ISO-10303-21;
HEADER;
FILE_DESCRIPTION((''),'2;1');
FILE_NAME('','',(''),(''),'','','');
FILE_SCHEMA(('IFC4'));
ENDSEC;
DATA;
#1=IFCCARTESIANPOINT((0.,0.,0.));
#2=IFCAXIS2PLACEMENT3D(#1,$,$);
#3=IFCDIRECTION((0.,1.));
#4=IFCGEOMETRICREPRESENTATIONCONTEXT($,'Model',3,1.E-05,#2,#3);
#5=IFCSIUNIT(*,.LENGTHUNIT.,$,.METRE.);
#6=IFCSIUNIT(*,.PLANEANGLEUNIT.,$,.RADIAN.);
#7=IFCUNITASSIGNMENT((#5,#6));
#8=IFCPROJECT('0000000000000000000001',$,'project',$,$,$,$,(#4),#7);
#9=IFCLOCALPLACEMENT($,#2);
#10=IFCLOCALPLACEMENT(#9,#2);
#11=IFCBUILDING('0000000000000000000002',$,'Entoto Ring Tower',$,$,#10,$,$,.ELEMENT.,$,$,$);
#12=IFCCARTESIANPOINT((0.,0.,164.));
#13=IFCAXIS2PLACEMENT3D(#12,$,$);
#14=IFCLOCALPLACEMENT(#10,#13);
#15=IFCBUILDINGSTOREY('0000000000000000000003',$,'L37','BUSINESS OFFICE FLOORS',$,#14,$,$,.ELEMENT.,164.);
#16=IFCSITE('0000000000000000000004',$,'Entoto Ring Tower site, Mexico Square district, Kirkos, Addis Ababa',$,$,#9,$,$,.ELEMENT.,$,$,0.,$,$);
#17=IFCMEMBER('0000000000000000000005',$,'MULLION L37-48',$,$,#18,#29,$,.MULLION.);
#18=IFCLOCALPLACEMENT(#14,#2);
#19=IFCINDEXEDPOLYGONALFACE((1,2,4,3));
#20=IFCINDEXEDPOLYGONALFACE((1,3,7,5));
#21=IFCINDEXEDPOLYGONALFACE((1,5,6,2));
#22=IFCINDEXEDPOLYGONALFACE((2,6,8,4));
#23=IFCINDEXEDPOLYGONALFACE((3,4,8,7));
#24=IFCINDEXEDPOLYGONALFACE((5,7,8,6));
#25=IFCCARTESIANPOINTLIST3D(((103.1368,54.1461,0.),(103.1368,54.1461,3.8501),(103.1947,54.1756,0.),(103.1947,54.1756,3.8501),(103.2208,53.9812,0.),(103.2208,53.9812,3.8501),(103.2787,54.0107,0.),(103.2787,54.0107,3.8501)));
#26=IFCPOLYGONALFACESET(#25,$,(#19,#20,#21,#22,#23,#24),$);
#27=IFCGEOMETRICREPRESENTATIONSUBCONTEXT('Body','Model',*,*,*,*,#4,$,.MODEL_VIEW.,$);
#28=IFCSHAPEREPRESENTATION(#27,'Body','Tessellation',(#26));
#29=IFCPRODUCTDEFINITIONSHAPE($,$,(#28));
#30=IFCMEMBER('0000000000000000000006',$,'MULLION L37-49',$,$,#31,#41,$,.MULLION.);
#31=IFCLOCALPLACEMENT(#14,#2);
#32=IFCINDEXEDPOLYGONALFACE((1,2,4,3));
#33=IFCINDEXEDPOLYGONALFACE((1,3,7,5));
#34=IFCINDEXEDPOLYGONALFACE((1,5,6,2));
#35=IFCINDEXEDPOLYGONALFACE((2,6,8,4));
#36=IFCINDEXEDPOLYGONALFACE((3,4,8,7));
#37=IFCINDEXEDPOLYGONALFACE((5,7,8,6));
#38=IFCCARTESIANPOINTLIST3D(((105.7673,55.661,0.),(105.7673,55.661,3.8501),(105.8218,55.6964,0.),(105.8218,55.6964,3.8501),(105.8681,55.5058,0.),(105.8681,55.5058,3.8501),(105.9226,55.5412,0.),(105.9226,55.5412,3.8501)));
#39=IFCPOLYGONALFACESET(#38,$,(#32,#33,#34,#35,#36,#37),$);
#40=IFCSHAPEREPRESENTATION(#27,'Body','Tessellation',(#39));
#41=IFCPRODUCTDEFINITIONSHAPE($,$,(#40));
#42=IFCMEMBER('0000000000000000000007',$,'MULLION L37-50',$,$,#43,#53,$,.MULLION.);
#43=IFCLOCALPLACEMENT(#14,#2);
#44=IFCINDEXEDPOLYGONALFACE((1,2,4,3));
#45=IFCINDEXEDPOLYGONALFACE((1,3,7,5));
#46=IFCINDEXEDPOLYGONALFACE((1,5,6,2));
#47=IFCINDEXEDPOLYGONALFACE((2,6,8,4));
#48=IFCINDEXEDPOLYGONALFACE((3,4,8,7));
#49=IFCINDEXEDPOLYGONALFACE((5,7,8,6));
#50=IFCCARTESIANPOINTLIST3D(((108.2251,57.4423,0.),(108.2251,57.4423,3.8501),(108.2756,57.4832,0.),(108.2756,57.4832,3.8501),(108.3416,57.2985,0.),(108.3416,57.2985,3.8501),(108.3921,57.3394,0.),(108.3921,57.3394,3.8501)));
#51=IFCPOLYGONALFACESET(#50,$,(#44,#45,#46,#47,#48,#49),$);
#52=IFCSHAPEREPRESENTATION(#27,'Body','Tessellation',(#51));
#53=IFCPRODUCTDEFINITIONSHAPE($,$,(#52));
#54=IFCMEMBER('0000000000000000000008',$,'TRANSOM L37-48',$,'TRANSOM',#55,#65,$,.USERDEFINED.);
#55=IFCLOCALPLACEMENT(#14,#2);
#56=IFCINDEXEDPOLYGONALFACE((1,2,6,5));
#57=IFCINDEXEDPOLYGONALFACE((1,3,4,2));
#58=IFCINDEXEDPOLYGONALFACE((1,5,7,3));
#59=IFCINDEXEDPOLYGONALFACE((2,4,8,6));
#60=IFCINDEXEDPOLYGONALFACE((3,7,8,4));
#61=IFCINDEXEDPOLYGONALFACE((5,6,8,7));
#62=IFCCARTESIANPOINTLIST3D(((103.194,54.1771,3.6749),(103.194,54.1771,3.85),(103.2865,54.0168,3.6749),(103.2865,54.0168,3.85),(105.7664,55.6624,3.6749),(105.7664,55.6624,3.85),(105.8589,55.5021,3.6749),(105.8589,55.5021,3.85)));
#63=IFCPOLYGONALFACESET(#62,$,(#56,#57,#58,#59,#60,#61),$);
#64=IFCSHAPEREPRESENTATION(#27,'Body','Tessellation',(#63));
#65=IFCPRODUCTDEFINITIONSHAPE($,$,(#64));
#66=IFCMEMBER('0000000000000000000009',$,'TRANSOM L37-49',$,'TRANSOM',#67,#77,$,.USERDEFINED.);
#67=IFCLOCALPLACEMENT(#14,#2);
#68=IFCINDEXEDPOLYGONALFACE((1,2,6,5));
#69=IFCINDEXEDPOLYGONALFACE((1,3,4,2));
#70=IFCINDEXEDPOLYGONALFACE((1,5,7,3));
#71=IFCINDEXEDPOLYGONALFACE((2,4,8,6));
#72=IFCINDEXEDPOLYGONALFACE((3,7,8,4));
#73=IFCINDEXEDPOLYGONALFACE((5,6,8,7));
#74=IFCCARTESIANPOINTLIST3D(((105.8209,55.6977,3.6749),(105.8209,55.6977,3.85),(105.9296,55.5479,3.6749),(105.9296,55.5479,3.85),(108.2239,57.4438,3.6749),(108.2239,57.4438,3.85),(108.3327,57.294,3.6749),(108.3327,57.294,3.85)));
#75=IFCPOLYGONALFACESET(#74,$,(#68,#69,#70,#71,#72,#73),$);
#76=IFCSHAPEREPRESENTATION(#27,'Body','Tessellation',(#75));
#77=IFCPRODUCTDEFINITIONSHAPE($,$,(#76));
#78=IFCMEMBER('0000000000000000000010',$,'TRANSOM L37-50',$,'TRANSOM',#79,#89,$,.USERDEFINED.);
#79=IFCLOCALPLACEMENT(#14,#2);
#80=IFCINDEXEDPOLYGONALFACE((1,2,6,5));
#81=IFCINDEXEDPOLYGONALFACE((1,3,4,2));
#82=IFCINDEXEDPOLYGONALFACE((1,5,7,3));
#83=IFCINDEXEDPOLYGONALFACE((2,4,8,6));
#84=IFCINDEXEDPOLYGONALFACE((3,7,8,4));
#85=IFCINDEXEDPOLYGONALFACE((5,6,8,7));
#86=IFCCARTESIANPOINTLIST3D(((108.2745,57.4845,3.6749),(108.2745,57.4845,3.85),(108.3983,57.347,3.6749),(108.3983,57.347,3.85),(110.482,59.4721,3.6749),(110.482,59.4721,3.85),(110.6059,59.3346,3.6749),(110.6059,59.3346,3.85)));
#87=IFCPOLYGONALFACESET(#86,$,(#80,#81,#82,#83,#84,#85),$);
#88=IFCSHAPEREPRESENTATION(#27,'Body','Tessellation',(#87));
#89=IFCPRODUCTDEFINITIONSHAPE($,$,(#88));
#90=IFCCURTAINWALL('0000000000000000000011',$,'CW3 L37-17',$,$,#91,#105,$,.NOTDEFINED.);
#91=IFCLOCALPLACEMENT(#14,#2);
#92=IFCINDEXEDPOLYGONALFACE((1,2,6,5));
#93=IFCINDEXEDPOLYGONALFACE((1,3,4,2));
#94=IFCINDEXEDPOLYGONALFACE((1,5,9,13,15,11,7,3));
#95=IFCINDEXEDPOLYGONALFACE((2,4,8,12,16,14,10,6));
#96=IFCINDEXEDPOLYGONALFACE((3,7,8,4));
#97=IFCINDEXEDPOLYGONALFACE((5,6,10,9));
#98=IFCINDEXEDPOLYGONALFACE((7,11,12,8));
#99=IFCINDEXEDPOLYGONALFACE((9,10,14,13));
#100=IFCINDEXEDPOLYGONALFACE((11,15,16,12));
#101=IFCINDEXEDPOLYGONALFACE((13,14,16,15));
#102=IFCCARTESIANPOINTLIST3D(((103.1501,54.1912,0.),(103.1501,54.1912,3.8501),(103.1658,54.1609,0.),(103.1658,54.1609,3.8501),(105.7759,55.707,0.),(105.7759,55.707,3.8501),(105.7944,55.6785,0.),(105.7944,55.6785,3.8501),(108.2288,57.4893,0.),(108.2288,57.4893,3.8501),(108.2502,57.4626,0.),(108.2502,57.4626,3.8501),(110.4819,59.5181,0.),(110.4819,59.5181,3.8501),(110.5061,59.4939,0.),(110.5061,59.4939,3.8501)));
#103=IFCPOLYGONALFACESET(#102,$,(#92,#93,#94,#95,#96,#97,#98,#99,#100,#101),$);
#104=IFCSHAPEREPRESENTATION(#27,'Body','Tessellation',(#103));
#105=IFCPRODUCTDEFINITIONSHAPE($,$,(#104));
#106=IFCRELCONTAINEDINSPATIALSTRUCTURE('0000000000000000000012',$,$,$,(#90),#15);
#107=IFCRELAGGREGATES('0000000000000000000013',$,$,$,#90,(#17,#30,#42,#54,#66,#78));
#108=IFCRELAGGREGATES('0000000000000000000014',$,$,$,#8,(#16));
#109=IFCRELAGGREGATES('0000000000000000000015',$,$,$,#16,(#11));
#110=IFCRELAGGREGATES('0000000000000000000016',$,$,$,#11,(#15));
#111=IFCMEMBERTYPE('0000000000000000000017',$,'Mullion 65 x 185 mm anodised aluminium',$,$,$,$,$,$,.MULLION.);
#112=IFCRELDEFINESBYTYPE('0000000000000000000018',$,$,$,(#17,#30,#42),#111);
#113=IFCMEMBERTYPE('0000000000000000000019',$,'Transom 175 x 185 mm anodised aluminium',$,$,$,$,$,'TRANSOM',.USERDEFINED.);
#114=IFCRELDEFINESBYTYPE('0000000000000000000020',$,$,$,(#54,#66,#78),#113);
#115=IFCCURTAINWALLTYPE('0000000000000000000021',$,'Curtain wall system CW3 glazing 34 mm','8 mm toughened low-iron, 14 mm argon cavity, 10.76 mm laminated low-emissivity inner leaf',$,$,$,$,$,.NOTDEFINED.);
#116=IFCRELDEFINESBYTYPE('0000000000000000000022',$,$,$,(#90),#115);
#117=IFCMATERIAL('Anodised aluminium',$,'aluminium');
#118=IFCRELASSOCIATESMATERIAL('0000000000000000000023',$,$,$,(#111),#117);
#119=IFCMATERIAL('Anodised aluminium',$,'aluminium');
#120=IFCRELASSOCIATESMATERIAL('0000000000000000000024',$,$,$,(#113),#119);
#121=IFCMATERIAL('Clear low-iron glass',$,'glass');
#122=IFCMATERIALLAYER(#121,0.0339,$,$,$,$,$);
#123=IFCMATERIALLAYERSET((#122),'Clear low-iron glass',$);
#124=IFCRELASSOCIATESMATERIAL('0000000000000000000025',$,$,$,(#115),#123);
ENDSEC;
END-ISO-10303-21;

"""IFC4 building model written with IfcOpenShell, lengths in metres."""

from ifc_helpers import new_model, si_unit, direction, frame, origin, origin_2d, place, context, subcontext, project, spatial, polyline, rectangle, outline, extrude, material, layer, layer_set, material_profile, profile_set, type_object, element, aggregate, save


model = new_model("IFC4")

# Units and contexts
model_context = context("Model", 3, precision=1e-05, world=origin(), true_north=direction((0.0, 1.0)))
body_context = subcontext(model_context, "Body", "Model", "MODEL_VIEW")
ifc_project = project(units=[si_unit("LENGTHUNIT", "METRE"), si_unit("PLANEANGLEUNIT", "RADIAN")], contexts=[model_context])

# Members
ifc_material_1 = material(Name="Anodised aluminium", Category="aluminium")
ifc_material_profile_1 = material_profile(ifc_material_1, rectangle(XDim=0.0649, YDim=0.1851, at=origin_2d()), Name="Mullion 65 x 185 mm anodised aluminium")
ifc_profile_set_1 = profile_set([ifc_material_profile_1], Name="Anodised aluminium")
member_type_1 = type_object("IfcMemberType", Name="Mullion 65 x 185 mm anodised aluminium", PredefinedType="MULLION", material=ifc_profile_set_1)
site_placement = place(None, origin())
building_placement = place(site_placement, origin())
storey_placement = place(building_placement, frame((0.0, 0.0, 164.0)))
member_1_placement = place(storey_placement, frame((103.2078, 54.0784, 0.0), z_axis=(0.0, 0.0, 1.0), x_axis=(0.891007, 0.45399, 0.0)))
member_1 = element("IfcMember", 1, at=member_1_placement, type_object=member_type_1, Name="MULLION L37-48", PredefinedType="MULLION", context=body_context, shape_type="SweptSolid", body=[
    extrude(rectangle(XDim=0.0649, YDim=0.1851, at=origin_2d()), origin(), (0.0, 0.0, 1.0), 3.8501),
])
member_2_placement = place(storey_placement, frame((105.845, 55.6011, 0.0), z_axis=(0.0, 0.0, 1.0), x_axis=(0.838671, 0.544639, 0.0)))
member_2 = element("IfcMember", 2, at=member_2_placement, type_object=member_type_1, Name="MULLION L37-49", PredefinedType="MULLION", context=body_context, shape_type="SweptSolid", body=[
    extrude(rectangle(XDim=0.0649, YDim=0.1851, at=origin_2d()), origin(), (0.0, 0.0, 1.0), 3.8501),
])
member_3_placement = place(storey_placement, frame((108.3086, 57.3909, 0.0), z_axis=(0.0, 0.0, 1.0), x_axis=(0.777146, 0.62932, 0.0)))
member_3 = element("IfcMember", 3, at=member_3_placement, type_object=member_type_1, Name="MULLION L37-50", PredefinedType="MULLION", context=body_context, shape_type="SweptSolid", body=[
    extrude(rectangle(XDim=0.0649, YDim=0.1851, at=origin_2d()), origin(), (0.0, 0.0, 1.0), 3.8501),
])
ifc_material_2 = material(Name="Anodised aluminium", Category="aluminium")
ifc_material_profile_2 = material_profile(ifc_material_2, rectangle(XDim=0.1851, YDim=0.175, at=origin_2d()), Name="Transom 175 x 185 mm anodised aluminium")
ifc_profile_set_2 = profile_set([ifc_material_profile_2], Name="Anodised aluminium")
member_type_2 = type_object("IfcMemberType", Name="Transom 175 x 185 mm anodised aluminium", ElementType="TRANSOM", PredefinedType="USERDEFINED", material=ifc_profile_set_2)
member_4_placement = place(storey_placement, frame((103.2402, 54.0969, 3.7625), z_axis=(0.866009, 0.500028, 0.0), x_axis=(-0.500028, 0.866009, 0.0)))
member_4 = element("IfcMember", 4, at=member_4_placement, type_object=member_type_2, Name="TRANSOM L37-48", ObjectType="TRANSOM", PredefinedType="USERDEFINED", context=body_context, shape_type="SweptSolid", body=[
    extrude(rectangle(XDim=0.1851, YDim=0.175, at=origin_2d()), origin(), (0.0, 0.0, 1.0), 2.9705),
])
member_5_placement = place(storey_placement, frame((105.8752, 55.6228, 3.7625), z_axis=(0.808992, 0.58782, 0.0), x_axis=(-0.58782, 0.808992, 0.0)))
member_5 = element("IfcMember", 5, at=member_5_placement, type_object=member_type_2, Name="TRANSOM L37-49", ObjectType="TRANSOM", PredefinedType="USERDEFINED", context=body_context, shape_type="SweptSolid", body=[
    extrude(rectangle(XDim=0.1851, YDim=0.175, at=origin_2d()), origin(), (0.0, 0.0, 1.0), 2.9705),
])
member_6_placement = place(storey_placement, frame((108.3364, 57.4158, 3.7625), z_axis=(0.743163, 0.66911, 0.0), x_axis=(-0.66911, 0.743163, 0.0)))
member_6 = element("IfcMember", 6, at=member_6_placement, type_object=member_type_2, Name="TRANSOM L37-50", ObjectType="TRANSOM", PredefinedType="USERDEFINED", context=body_context, shape_type="SweptSolid", body=[
    extrude(rectangle(XDim=0.1851, YDim=0.175, at=origin_2d()), origin(), (0.0, 0.0, 1.0), 2.9705),
])

# Site, building, storey
site = spatial("IfcSite", under=ifc_project, at=site_placement, Name="Entoto Ring Tower site, Mexico Square district, Kirkos, Addis Ababa", CompositionType="ELEMENT", RefElevation=0.0)
building = spatial("IfcBuilding", under=site, at=building_placement, Name="Entoto Ring Tower", CompositionType="ELEMENT")
storey = spatial("IfcBuildingStorey", under=building, at=storey_placement, Name="L37", Description="BUSINESS OFFICE FLOORS", CompositionType="ELEMENT", Elevation=164.0)

# Curtain wall
ifc_material_3 = material(Name="Clear low-iron glass", Category="glass")
ifc_layer = layer(ifc_material_3, 0.0339)
ifc_layer_set = layer_set([ifc_layer], Name="Clear low-iron glass")
curtain_wall_type = type_object("IfcCurtainWallType", Name="Curtain wall system CW3 glazing 34 mm", Description="8 mm toughened low-iron, 14 mm argon cavity, 10.76 mm laminated low-emissivity inner leaf", PredefinedType="NOTDEFINED", material=ifc_layer_set)
curtain_wall_1_placement = place(storey_placement, origin())
curtain_wall_1 = element("IfcCurtainWall", 7, at=curtain_wall_1_placement, inside=storey, type_object=curtain_wall_type, Name="CW3 L37-17", PredefinedType="NOTDEFINED", context=body_context, shape_type="SweptSolid", body=[
    extrude(outline(polyline([(103.1658, 54.1609), (105.7944, 55.6785), (108.2502, 57.4626), (110.5061, 59.4939), (110.4819, 59.5181), (108.2288, 57.4893), (105.7759, 55.707), (103.1501, 54.1912), (103.1658, 54.1609)])), origin(), (0.0, 0.0, 1.0), 3.8501),
])
aggregate(curtain_wall_1, [member_1, member_2, member_3, member_4, member_5, member_6])

save(model, "model.ifc")
